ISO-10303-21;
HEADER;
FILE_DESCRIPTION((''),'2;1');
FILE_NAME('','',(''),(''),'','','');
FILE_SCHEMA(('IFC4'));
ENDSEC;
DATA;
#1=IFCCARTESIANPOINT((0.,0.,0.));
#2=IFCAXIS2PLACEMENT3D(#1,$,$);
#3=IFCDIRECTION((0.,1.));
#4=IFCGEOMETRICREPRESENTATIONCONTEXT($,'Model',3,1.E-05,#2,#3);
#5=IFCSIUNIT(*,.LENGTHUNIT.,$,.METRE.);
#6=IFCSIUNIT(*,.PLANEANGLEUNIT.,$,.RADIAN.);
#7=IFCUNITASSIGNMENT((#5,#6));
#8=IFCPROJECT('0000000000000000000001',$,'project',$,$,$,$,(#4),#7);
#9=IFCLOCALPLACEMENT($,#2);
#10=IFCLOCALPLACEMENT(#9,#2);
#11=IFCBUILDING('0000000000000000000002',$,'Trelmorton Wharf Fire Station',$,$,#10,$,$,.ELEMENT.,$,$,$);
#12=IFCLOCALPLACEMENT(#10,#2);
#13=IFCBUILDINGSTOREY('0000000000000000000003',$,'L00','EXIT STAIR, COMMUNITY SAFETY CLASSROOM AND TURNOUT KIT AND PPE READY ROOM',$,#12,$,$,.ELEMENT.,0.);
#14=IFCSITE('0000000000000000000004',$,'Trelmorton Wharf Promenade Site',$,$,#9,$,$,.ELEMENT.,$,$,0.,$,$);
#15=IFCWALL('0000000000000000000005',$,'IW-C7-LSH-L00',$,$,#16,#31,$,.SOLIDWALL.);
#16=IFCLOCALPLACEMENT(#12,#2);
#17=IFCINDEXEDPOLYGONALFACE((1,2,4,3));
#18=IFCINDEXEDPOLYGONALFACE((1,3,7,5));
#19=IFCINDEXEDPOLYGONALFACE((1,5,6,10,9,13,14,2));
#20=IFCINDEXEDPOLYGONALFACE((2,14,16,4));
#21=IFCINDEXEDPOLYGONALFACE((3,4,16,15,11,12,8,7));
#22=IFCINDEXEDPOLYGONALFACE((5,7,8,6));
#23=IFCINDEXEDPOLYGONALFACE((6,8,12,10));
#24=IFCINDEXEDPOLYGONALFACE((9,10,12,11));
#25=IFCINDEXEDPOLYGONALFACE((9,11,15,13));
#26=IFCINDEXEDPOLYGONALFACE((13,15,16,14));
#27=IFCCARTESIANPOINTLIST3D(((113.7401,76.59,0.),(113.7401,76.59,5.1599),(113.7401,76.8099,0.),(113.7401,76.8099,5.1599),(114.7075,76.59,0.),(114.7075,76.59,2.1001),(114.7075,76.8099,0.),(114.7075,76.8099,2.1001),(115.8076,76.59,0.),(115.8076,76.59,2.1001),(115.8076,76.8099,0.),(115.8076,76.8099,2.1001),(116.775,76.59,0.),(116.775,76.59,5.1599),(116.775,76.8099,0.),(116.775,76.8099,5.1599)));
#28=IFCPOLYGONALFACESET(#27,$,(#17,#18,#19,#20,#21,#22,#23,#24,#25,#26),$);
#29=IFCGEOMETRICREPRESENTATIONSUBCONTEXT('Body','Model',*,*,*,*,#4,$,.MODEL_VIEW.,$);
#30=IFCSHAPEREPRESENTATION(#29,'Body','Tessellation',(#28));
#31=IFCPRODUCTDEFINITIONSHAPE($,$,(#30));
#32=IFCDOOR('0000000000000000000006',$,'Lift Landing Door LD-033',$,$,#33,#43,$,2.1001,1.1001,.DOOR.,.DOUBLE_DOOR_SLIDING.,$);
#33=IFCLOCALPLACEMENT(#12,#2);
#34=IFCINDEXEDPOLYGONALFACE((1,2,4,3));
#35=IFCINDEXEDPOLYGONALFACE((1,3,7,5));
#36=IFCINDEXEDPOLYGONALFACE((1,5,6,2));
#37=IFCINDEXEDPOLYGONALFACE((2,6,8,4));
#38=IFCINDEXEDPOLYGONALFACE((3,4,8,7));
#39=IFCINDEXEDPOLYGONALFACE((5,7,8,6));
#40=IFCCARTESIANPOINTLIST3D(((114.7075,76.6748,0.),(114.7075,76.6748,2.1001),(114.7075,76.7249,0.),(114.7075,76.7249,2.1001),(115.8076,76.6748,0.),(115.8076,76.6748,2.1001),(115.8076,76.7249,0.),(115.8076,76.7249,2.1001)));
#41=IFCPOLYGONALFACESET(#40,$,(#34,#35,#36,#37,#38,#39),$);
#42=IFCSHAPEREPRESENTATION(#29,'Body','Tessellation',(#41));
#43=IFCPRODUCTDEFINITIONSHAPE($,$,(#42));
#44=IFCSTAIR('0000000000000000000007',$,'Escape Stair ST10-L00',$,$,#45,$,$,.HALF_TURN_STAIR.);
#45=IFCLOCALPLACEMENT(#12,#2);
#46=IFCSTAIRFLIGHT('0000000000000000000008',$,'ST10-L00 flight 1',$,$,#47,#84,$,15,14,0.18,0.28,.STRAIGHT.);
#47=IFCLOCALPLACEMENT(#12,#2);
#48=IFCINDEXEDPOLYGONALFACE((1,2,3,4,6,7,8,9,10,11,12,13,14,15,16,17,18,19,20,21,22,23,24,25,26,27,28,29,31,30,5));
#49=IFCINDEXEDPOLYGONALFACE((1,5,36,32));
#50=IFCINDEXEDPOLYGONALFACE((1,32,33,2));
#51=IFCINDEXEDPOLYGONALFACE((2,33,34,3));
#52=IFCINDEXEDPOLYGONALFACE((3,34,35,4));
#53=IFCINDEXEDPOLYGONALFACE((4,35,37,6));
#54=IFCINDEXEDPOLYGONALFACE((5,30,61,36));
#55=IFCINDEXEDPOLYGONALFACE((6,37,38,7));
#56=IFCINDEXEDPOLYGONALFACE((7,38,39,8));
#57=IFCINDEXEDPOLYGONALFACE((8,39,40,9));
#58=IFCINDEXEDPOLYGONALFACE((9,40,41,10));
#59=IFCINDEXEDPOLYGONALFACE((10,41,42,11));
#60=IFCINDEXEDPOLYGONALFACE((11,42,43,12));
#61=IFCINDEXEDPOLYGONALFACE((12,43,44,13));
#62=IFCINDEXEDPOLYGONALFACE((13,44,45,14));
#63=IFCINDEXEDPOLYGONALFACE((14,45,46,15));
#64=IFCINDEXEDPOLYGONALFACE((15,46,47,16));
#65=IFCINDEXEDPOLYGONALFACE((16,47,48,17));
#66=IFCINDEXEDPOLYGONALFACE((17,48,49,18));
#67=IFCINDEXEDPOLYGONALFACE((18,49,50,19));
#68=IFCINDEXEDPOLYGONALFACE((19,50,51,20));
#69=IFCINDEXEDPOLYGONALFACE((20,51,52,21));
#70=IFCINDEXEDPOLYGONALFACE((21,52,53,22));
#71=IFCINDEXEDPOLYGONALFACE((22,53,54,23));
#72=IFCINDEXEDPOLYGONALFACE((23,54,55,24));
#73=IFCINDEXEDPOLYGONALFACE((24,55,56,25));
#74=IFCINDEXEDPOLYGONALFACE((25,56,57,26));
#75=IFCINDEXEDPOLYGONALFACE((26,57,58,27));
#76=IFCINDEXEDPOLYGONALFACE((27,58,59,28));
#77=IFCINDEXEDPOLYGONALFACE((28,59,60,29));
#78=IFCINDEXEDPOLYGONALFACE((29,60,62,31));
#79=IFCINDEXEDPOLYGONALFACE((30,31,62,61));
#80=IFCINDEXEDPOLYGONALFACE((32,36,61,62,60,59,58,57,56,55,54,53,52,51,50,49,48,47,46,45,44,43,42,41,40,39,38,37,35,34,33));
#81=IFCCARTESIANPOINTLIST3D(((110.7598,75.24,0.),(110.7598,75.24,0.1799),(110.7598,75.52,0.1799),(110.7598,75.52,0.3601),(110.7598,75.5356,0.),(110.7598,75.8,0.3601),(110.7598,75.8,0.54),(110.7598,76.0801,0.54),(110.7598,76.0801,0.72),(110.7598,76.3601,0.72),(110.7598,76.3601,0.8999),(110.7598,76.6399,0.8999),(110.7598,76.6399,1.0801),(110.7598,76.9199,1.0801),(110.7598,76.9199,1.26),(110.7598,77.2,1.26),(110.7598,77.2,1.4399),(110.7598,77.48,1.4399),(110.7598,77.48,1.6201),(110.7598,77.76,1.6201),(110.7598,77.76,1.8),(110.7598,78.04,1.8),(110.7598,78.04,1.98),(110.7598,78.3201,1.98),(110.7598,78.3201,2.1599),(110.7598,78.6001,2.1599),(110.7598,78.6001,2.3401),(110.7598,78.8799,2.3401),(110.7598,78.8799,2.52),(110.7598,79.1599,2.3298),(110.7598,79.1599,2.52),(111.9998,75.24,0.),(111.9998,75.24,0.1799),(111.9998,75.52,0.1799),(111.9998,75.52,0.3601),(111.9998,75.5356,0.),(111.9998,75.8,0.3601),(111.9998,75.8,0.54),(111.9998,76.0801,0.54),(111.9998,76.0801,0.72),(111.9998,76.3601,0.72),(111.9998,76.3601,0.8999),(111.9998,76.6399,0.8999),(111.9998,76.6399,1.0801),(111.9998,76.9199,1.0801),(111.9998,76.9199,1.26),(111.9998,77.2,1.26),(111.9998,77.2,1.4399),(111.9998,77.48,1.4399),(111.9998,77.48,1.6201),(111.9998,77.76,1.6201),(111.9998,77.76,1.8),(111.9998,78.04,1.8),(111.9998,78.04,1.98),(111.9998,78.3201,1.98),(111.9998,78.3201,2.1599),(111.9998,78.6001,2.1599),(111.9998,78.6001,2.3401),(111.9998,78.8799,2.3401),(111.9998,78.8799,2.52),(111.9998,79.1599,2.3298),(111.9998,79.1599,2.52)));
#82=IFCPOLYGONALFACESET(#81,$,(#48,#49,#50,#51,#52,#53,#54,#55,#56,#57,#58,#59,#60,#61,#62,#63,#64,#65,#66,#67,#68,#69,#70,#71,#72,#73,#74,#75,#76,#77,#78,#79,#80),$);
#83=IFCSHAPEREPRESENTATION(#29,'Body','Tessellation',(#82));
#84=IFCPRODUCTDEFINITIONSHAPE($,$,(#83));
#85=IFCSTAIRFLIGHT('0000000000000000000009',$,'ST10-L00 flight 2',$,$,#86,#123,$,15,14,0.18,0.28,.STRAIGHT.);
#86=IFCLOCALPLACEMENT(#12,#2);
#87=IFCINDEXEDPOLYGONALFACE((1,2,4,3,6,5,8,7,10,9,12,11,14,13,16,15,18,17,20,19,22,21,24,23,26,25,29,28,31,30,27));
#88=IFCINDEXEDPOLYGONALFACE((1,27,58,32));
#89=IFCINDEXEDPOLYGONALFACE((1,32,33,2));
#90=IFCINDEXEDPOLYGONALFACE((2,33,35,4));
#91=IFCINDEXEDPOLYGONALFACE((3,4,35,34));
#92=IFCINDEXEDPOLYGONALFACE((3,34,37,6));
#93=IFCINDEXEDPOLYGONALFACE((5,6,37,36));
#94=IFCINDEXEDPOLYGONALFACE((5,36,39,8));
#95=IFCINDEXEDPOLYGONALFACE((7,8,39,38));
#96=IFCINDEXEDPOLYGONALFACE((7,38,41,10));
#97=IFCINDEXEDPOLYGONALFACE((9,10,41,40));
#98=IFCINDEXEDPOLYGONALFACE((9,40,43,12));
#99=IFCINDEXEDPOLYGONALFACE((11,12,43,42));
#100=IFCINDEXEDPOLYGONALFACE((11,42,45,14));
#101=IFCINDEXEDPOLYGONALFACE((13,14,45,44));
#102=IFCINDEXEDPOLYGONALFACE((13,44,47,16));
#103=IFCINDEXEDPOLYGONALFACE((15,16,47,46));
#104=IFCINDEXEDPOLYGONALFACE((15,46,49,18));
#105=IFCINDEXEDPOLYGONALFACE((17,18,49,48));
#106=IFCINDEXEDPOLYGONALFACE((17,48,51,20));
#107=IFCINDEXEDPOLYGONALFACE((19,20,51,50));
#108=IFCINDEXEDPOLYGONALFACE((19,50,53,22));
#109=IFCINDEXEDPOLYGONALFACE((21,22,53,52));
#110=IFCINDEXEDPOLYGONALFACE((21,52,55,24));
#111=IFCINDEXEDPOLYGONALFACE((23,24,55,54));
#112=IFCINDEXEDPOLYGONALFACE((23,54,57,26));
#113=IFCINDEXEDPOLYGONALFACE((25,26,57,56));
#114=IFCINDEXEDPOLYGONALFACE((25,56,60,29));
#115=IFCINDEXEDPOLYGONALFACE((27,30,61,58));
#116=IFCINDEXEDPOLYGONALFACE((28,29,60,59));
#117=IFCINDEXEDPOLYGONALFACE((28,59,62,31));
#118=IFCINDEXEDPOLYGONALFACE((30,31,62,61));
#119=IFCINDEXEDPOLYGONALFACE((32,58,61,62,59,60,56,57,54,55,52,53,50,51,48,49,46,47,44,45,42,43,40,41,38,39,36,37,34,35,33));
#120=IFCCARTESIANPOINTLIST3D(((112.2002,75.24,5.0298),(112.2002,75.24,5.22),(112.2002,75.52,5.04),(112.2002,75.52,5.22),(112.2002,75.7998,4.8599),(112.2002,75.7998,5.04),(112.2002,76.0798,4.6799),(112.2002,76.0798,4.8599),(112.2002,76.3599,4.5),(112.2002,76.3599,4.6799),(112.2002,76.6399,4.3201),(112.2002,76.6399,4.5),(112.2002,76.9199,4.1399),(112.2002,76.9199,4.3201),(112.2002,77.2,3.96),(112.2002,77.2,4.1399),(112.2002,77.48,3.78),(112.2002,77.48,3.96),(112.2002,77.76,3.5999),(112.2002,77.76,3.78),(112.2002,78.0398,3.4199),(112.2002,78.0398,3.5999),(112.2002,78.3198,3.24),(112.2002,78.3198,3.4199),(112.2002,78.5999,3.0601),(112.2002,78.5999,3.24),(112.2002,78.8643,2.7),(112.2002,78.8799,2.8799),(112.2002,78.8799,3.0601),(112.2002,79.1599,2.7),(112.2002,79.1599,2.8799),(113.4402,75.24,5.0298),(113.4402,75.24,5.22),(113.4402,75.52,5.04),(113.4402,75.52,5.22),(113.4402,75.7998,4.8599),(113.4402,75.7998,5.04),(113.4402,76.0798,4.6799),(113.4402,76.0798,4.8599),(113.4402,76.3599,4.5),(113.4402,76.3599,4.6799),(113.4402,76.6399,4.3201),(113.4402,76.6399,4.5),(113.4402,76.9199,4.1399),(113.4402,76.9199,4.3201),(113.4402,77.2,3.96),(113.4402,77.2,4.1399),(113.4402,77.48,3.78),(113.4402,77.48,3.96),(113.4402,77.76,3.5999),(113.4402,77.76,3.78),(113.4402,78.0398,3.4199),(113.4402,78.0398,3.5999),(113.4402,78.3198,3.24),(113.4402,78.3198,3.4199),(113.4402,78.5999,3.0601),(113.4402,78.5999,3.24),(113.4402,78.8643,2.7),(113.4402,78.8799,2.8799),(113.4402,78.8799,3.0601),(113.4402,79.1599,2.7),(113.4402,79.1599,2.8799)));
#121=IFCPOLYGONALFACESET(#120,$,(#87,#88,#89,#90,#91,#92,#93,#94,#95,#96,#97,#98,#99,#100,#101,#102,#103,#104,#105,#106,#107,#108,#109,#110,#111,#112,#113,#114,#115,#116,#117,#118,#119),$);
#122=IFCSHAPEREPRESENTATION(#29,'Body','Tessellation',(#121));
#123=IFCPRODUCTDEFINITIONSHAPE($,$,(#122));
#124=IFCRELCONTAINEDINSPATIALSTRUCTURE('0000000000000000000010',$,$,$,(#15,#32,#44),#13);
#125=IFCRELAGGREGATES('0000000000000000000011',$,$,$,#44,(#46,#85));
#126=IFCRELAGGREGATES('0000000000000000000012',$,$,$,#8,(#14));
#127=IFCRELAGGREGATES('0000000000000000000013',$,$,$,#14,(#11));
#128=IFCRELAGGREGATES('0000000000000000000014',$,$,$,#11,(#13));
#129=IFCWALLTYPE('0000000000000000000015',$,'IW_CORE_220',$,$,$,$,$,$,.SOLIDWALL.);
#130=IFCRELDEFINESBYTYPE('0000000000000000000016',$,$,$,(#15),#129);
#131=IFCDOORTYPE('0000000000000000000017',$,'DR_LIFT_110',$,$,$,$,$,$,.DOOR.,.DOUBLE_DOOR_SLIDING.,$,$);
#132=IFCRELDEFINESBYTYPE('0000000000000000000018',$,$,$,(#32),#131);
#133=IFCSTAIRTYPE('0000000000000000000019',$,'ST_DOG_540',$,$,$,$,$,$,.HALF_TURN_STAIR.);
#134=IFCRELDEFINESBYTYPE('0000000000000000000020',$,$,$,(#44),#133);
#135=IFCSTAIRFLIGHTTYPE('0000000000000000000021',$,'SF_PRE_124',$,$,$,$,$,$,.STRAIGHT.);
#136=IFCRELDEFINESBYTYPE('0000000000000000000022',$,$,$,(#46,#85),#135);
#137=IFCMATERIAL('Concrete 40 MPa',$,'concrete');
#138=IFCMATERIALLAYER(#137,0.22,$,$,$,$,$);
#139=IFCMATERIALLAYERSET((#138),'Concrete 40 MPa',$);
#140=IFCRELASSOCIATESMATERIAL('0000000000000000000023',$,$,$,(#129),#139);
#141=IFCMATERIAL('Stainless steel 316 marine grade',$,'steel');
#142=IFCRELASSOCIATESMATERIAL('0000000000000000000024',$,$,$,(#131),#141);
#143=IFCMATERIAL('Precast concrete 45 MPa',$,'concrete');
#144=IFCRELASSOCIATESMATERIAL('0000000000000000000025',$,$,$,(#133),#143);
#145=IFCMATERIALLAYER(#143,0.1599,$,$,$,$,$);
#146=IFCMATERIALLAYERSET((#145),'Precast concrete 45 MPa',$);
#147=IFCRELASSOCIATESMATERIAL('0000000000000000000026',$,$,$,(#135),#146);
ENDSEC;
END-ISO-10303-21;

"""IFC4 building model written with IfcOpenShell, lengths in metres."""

from ifc_helpers import new_model, si_unit, direction, frame, frame_2d, origin, place, context, subcontext, project, spatial, polyline, rectangle, outline, extrude, material, layer, layer_set, type_object, element, fill, aggregate, save


model = new_model("IFC4")

# Units and contexts
model_context = context("Model", 3, precision=1e-05, world=origin(), true_north=direction((0.0, 1.0)))
body_context = subcontext(model_context, "Body", "Model", "MODEL_VIEW")
ifc_project = project(units=[si_unit("LENGTHUNIT", "METRE"), si_unit("PLANEANGLEUNIT", "RADIAN")], contexts=[model_context])

# Site, building, storey
site_placement = place(None, origin())
site = spatial("IfcSite", under=ifc_project, at=site_placement, Name="Trelmorton Wharf Promenade Site", CompositionType="ELEMENT", RefElevation=0.0)
building_placement = place(site_placement, origin())
building = spatial("IfcBuilding", under=site, at=building_placement, Name="Trelmorton Wharf Fire Station", CompositionType="ELEMENT")
storey_placement = place(building_placement, origin())
storey = spatial("IfcBuildingStorey", under=building, at=storey_placement, Name="L00", Description="EXIT STAIR, COMMUNITY SAFETY CLASSROOM AND TURNOUT KIT AND PPE READY ROOM", CompositionType="ELEMENT", Elevation=0.0)

# Shared definitions
ifc_material_1 = material(Name="Concrete 40 MPa", Category="concrete")

# Wall, opening, door
ifc_layer_1 = layer(ifc_material_1, 0.22)
ifc_layer_set_1 = layer_set([ifc_layer_1], Name="Concrete 40 MPa")
wall_type = type_object("IfcWallType", Name="IW_CORE_220", PredefinedType="SOLIDWALL", material=ifc_layer_set_1)
wall_placement = place(storey_placement, frame((113.74, 76.7, 0.0), z_axis=(0.0, 0.0, 1.0), x_axis=(1.0, 0.0, 0.0)))
wall = element("IfcWall", 1, at=wall_placement, inside=storey, type_object=wall_type, Name="IW-C7-LSH-L00", PredefinedType="SOLIDWALL", context=body_context, shape_type="SweptSolid", body=[
    extrude(rectangle(XDim=3.0349, YDim=0.22, at=frame_2d((1.5176, 0.0))), origin(), (0.0, 0.0, 1.0), 5.1599),
])
opening_placement = place(wall_placement, frame((0.9675, 0.0, 0.0)))
opening = element("IfcOpeningElement", 2, at=opening_placement, cuts=wall, PredefinedType="OPENING", context=body_context, shape_type="SweptSolid", body=[
    extrude(rectangle(XDim=1.1001, YDim=2.1001, at=frame_2d((0.55, 1.05))), frame((0.0, 0.1201, 0.0), z_axis=(0.0, -1.0, 0.0), x_axis=(1.0, 0.0, 0.0)), (0.0, 0.0, 1.0), 0.24),
])
ifc_material_2 = material(Name="Stainless steel 316 marine grade", Category="steel")
door_type = type_object("IfcDoorType", Name="DR_LIFT_110", OperationType="DOUBLE_DOOR_SLIDING", PredefinedType="DOOR", material=ifc_material_2)
door_placement = place(opening_placement, origin())
door = element("IfcDoor", 3, at=door_placement, inside=storey, type_object=door_type, Name="Lift Landing Door LD-033", OperationType="DOUBLE_DOOR_SLIDING", OverallHeight=2.1001, OverallWidth=1.1001, PredefinedType="DOOR", context=body_context, shape_type="SweptSolid", body=[
    extrude(rectangle(XDim=1.1001, YDim=2.1001, at=frame_2d((0.55, 1.05))), frame((0.0, 0.0249, 0.0), z_axis=(0.0, -1.0, 0.0), x_axis=(1.0, 0.0, 0.0)), (0.0, 0.0, 1.0), 0.05),
])
fill(opening, door)

# Stair, stair flights
ifc_material_3 = material(Name="Precast concrete 45 MPa", Category="concrete")
stair_type = type_object("IfcStairType", Name="ST_DOG_540", PredefinedType="HALF_TURN_STAIR", material=ifc_material_3)
stair_placement = place(storey_placement, origin())
stair = element("IfcStair", 4, at=stair_placement, inside=storey, type_object=stair_type, Name="Escape Stair ST10-L00", PredefinedType="HALF_TURN_STAIR")
ifc_layer_2 = layer(ifc_material_3, 0.1599)
ifc_layer_set_2 = layer_set([ifc_layer_2], Name="Precast concrete 45 MPa")
stair_flight_type = type_object("IfcStairFlightType", Name="SF_PRE_124", PredefinedType="STRAIGHT", material=ifc_layer_set_2)
stair_flight_1_placement = place(storey_placement, frame((111.3799, 75.24, 0.0), z_axis=(0.0, 0.0, 1.0), x_axis=(0.0, 1.0, 0.0)))
stair_flight_1 = element("IfcStairFlight", 5, at=stair_flight_1_placement, type_object=stair_flight_type, Name="ST10-L00 flight 1", NumberOfRisers=15, NumberOfTreads=14, PredefinedType="STRAIGHT", RiserHeight=0.18, TreadLength=0.28, context=body_context, shape_type="SweptSolid", body=[
    extrude(outline(polyline([(0.0, 0.0), (0.0, 0.1799), (0.28, 0.1799), (0.28, 0.3601), (0.5601, 0.3601), (0.5601, 0.54), (0.8401, 0.54), (0.8401, 0.72), (1.1201, 0.72), (1.1201, 0.8999), (1.3999, 0.8999), (1.3999, 1.0801), (1.6799, 1.0801), (1.6799, 1.26), (1.96, 1.26), (1.96, 1.4399), (2.24, 1.4399), (2.24, 1.6201), (2.52, 1.6201), (2.52, 1.8), (2.8, 1.8), (2.8, 1.98), (3.0801, 1.98), (3.0801, 2.1599), (3.3601, 2.1599), (3.3601, 2.3401), (3.6399, 2.3401), (3.6399, 2.52), (3.9199, 2.52), (3.9199, 2.7), (3.9199, 2.3298), (0.2957, 0.0), (0.0, 0.0)])), frame((0.0, 0.6201, 0.0), z_axis=(0.0, -1.0, 0.0), x_axis=(1.0, 0.0, 0.0)), (0.0, 0.0, 1.0), 1.24),
])
stair_flight_2_placement = place(storey_placement, frame((112.8201, 79.1599, 2.7), z_axis=(0.0, 0.0, 1.0), x_axis=(0.0, -1.0, 0.0)))
stair_flight_2 = element("IfcStairFlight", 6, at=stair_flight_2_placement, type_object=stair_flight_type, Name="ST10-L00 flight 2", NumberOfRisers=15, NumberOfTreads=14, PredefinedType="STRAIGHT", RiserHeight=0.18, TreadLength=0.28, context=body_context, shape_type="SweptSolid", body=[
    extrude(outline(polyline([(0.0, 0.0), (0.0, 0.1799), (0.28, 0.1799), (0.28, 0.3601), (0.5601, 0.3601), (0.5601, 0.54), (0.8401, 0.54), (0.8401, 0.72), (1.1201, 0.72), (1.1201, 0.8999), (1.3999, 0.8999), (1.3999, 1.0801), (1.6799, 1.0801), (1.6799, 1.26), (1.96, 1.26), (1.96, 1.4399), (2.24, 1.4399), (2.24, 1.6201), (2.52, 1.6201), (2.52, 1.8), (2.8, 1.8), (2.8, 1.98), (3.0801, 1.98), (3.0801, 2.1599), (3.3601, 2.1599), (3.3601, 2.3401), (3.6399, 2.3401), (3.6399, 2.52), (3.9199, 2.52), (3.9199, 2.7), (3.9199, 2.3298), (0.2957, 0.0), (0.0, 0.0)])), frame((0.0, 0.6201, 0.0), z_axis=(0.0, -1.0, 0.0), x_axis=(1.0, 0.0, 0.0)), (0.0, 0.0, 1.0), 1.24),
])
aggregate(stair, [stair_flight_1, stair_flight_2])

save(model, "model.ifc")
